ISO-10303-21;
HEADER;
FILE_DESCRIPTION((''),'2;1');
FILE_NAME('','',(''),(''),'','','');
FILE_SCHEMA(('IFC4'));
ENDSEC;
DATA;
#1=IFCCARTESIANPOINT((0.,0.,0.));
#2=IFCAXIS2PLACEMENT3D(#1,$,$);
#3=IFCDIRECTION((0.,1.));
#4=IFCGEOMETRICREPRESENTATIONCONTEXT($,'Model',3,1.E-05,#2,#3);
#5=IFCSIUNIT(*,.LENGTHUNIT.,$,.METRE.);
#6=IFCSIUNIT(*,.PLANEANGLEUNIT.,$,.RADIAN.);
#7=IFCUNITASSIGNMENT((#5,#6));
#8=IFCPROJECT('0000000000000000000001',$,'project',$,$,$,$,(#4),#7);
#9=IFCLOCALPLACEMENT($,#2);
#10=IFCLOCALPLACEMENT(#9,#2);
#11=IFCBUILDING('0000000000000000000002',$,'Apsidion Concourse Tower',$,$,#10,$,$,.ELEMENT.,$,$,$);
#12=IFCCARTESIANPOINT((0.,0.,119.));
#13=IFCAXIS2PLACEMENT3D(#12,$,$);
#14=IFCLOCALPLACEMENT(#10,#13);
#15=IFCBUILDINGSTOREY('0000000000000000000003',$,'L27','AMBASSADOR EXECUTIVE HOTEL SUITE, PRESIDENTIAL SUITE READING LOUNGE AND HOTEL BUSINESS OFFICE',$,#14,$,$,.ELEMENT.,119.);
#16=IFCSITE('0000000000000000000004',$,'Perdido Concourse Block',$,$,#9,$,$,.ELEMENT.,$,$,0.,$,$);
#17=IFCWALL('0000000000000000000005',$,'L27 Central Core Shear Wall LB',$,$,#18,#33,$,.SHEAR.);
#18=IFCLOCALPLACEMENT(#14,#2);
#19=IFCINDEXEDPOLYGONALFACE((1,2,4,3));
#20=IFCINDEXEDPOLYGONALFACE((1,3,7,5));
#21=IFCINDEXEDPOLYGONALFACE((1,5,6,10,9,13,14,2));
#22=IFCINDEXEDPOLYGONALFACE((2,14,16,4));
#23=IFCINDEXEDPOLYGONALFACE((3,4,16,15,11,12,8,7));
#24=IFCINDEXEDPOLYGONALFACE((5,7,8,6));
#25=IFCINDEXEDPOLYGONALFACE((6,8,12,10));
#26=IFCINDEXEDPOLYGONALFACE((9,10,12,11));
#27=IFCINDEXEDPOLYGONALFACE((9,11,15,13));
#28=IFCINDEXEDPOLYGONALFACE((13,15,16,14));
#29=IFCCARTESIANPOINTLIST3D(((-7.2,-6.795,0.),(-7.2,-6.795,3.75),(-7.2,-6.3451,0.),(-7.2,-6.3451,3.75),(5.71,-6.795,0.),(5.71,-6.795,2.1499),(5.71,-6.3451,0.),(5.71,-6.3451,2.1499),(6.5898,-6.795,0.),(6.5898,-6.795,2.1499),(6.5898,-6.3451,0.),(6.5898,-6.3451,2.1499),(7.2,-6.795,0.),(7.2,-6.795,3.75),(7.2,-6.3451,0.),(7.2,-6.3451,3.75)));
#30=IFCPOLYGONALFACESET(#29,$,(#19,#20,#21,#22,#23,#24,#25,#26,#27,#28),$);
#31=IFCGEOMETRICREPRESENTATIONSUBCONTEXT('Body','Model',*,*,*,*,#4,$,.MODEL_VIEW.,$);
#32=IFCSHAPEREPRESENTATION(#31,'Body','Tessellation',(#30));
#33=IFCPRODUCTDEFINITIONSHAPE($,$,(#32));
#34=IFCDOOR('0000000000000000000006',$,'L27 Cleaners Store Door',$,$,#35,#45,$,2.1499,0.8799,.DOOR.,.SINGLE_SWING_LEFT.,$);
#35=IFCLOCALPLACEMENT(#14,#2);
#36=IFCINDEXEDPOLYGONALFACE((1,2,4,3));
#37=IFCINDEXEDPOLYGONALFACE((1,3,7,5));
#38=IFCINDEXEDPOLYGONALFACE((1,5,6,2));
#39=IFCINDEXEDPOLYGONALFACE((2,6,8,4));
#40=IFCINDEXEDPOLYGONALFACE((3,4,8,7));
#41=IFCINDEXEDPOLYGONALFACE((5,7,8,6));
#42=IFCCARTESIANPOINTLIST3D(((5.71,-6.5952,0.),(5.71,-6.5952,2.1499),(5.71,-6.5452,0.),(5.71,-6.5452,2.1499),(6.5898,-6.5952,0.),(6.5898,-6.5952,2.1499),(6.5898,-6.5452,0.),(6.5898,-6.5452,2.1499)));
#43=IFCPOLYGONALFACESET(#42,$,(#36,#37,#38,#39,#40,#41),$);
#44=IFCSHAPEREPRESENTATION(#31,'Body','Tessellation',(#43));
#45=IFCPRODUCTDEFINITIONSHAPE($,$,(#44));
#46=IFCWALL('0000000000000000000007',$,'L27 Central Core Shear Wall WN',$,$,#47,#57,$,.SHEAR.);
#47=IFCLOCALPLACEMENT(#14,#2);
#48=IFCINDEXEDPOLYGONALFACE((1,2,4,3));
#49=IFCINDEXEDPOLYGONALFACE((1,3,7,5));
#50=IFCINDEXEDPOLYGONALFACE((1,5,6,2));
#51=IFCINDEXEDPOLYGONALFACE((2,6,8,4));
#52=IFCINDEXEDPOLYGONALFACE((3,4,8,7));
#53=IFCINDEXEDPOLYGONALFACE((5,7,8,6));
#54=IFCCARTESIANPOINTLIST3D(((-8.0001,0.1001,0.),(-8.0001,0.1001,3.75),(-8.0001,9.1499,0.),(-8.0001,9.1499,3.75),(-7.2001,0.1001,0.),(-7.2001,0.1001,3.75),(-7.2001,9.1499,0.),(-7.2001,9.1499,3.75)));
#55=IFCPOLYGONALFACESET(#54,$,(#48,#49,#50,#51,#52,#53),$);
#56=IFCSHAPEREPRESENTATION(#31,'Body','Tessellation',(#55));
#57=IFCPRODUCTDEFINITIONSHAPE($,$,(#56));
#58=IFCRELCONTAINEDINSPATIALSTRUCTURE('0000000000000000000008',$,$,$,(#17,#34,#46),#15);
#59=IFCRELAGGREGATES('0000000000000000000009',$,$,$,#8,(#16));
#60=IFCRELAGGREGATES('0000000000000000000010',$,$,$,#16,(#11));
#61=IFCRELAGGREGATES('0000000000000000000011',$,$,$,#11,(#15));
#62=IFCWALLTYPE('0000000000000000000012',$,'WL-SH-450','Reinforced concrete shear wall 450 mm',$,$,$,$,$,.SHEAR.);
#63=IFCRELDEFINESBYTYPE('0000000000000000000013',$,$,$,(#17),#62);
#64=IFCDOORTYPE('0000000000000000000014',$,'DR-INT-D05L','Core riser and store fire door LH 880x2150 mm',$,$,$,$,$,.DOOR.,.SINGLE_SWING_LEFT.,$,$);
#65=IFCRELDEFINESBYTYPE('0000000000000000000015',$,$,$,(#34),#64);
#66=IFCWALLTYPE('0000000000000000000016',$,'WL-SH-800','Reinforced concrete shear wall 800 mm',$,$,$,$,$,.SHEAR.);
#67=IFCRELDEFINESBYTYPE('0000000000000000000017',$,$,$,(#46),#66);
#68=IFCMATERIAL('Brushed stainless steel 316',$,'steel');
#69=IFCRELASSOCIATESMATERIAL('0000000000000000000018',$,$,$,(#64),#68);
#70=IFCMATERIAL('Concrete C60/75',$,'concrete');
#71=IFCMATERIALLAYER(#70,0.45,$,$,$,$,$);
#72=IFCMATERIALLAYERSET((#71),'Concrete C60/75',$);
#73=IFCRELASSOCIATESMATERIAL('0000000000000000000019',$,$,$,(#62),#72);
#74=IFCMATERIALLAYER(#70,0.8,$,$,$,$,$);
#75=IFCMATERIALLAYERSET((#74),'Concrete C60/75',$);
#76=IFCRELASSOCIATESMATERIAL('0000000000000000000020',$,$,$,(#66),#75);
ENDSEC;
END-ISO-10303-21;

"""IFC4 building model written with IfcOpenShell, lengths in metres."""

from ifc_helpers import new_model, si_unit, direction, frame, frame_2d, origin, place, context, subcontext, project, spatial, rectangle, extrude, material, layer, layer_set, type_object, element, fill, save


model = new_model("IFC4")

# Units and contexts
model_context = context("Model", 3, precision=1e-05, world=origin(), true_north=direction((0.0, 1.0)))
body_context = subcontext(model_context, "Body", "Model", "MODEL_VIEW")
ifc_project = project(units=[si_unit("LENGTHUNIT", "METRE"), si_unit("PLANEANGLEUNIT", "RADIAN")], contexts=[model_context])

# Site, building, storey
site_placement = place(None, origin())
site = spatial("IfcSite", under=ifc_project, at=site_placement, Name="Perdido Concourse Block", CompositionType="ELEMENT", RefElevation=0.0)
building_placement = place(site_placement, origin())
building = spatial("IfcBuilding", under=site, at=building_placement, Name="Apsidion Concourse Tower", CompositionType="ELEMENT")
storey_placement = place(building_placement, frame((0.0, 0.0, 119.0)))
storey = spatial("IfcBuildingStorey", under=building, at=storey_placement, Name="L27", Description="AMBASSADOR EXECUTIVE HOTEL SUITE, PRESIDENTIAL SUITE READING LOUNGE AND HOTEL BUSINESS OFFICE", CompositionType="ELEMENT", Elevation=119.0)

# Shared definitions
ifc_material_1 = material(Name="Concrete C60/75", Category="concrete")

# Shared definitions
ifc_material_2 = material(Name="Brushed stainless steel 316", Category="steel")
door_type_1 = type_object("IfcDoorType", Name="DR-INT-D05L", Description="Core riser and store fire door LH 880x2150 mm", OperationType="SINGLE_SWING_LEFT", PredefinedType="DOOR", material=ifc_material_2)

# Shared definitions
ifc_layer_1 = layer(ifc_material_1, 0.45)
ifc_layer_set_1 = layer_set([ifc_layer_1], Name="Concrete C60/75")
wall_type_1 = type_object("IfcWallType", Name="WL-SH-450", Description="Reinforced concrete shear wall 450 mm", PredefinedType="SHEAR", material=ifc_layer_set_1)

# Wall, opening, door
wall_1_placement = place(storey_placement, frame((-7.2, -6.5701, 0.0), z_axis=(0.0, 0.0, 1.0), x_axis=(1.0, 0.0, 0.0)))
wall_1 = element("IfcWall", 1, at=wall_1_placement, inside=storey, type_object=wall_type_1, Name="L27 Central Core Shear Wall LB", PredefinedType="SHEAR", context=body_context, shape_type="SweptSolid", body=[
    extrude(rectangle(XDim=14.3999, YDim=0.45, at=frame_2d((7.2, 0.0))), origin(), (0.0, 0.0, 1.0), 3.75),
])
opening_1_placement = place(wall_1_placement, frame((12.9099, 0.0, 0.0)))
opening_1 = element("IfcOpeningElement", 2, at=opening_1_placement, cuts=wall_1, PredefinedType="OPENING", context=body_context, shape_type="SweptSolid", body=[
    extrude(rectangle(XDim=0.8799, YDim=2.1499, at=frame_2d((0.4399, 1.075))), frame((0.0, 0.2349, 0.0), z_axis=(0.0, -1.0, 0.0), x_axis=(1.0, 0.0, 0.0)), (0.0, 0.0, 1.0), 0.47),
])
door_1_placement = place(opening_1_placement, origin())
door_1 = element("IfcDoor", 3, at=door_1_placement, inside=storey, type_object=door_type_1, Name="L27 Cleaners Store Door", OperationType="SINGLE_SWING_LEFT", OverallHeight=2.1499, OverallWidth=0.8799, PredefinedType="DOOR", context=body_context, shape_type="SweptSolid", body=[
    extrude(rectangle(XDim=0.8799, YDim=2.1499, at=frame_2d((0.4399, 1.075))), frame((0.0, 0.0249, 0.0), z_axis=(0.0, -1.0, 0.0), x_axis=(1.0, 0.0, 0.0)), (0.0, 0.0, 1.0), 0.05),
])
fill(opening_1, door_1)

# Wall
ifc_layer_2 = layer(ifc_material_1, 0.8)
ifc_layer_set_2 = layer_set([ifc_layer_2], Name="Concrete C60/75")
wall_type_2 = type_object("IfcWallType", Name="WL-SH-800", Description="Reinforced concrete shear wall 800 mm", PredefinedType="SHEAR", material=ifc_layer_set_2)
wall_2_placement = place(storey_placement, frame((-7.6001, 0.1001, 0.0), z_axis=(0.0, 0.0, 1.0), x_axis=(0.0, 1.0, 0.0)))
element("IfcWall", 4, at=wall_2_placement, inside=storey, type_object=wall_type_2, Name="L27 Central Core Shear Wall WN", PredefinedType="SHEAR", context=body_context, shape_type="SweptSolid", body=[
    extrude(rectangle(XDim=9.0498, YDim=0.8, at=frame_2d((4.5249, 0.0))), origin(), (0.0, 0.0, 1.0), 3.75),
])

save(model, "model.ifc")
